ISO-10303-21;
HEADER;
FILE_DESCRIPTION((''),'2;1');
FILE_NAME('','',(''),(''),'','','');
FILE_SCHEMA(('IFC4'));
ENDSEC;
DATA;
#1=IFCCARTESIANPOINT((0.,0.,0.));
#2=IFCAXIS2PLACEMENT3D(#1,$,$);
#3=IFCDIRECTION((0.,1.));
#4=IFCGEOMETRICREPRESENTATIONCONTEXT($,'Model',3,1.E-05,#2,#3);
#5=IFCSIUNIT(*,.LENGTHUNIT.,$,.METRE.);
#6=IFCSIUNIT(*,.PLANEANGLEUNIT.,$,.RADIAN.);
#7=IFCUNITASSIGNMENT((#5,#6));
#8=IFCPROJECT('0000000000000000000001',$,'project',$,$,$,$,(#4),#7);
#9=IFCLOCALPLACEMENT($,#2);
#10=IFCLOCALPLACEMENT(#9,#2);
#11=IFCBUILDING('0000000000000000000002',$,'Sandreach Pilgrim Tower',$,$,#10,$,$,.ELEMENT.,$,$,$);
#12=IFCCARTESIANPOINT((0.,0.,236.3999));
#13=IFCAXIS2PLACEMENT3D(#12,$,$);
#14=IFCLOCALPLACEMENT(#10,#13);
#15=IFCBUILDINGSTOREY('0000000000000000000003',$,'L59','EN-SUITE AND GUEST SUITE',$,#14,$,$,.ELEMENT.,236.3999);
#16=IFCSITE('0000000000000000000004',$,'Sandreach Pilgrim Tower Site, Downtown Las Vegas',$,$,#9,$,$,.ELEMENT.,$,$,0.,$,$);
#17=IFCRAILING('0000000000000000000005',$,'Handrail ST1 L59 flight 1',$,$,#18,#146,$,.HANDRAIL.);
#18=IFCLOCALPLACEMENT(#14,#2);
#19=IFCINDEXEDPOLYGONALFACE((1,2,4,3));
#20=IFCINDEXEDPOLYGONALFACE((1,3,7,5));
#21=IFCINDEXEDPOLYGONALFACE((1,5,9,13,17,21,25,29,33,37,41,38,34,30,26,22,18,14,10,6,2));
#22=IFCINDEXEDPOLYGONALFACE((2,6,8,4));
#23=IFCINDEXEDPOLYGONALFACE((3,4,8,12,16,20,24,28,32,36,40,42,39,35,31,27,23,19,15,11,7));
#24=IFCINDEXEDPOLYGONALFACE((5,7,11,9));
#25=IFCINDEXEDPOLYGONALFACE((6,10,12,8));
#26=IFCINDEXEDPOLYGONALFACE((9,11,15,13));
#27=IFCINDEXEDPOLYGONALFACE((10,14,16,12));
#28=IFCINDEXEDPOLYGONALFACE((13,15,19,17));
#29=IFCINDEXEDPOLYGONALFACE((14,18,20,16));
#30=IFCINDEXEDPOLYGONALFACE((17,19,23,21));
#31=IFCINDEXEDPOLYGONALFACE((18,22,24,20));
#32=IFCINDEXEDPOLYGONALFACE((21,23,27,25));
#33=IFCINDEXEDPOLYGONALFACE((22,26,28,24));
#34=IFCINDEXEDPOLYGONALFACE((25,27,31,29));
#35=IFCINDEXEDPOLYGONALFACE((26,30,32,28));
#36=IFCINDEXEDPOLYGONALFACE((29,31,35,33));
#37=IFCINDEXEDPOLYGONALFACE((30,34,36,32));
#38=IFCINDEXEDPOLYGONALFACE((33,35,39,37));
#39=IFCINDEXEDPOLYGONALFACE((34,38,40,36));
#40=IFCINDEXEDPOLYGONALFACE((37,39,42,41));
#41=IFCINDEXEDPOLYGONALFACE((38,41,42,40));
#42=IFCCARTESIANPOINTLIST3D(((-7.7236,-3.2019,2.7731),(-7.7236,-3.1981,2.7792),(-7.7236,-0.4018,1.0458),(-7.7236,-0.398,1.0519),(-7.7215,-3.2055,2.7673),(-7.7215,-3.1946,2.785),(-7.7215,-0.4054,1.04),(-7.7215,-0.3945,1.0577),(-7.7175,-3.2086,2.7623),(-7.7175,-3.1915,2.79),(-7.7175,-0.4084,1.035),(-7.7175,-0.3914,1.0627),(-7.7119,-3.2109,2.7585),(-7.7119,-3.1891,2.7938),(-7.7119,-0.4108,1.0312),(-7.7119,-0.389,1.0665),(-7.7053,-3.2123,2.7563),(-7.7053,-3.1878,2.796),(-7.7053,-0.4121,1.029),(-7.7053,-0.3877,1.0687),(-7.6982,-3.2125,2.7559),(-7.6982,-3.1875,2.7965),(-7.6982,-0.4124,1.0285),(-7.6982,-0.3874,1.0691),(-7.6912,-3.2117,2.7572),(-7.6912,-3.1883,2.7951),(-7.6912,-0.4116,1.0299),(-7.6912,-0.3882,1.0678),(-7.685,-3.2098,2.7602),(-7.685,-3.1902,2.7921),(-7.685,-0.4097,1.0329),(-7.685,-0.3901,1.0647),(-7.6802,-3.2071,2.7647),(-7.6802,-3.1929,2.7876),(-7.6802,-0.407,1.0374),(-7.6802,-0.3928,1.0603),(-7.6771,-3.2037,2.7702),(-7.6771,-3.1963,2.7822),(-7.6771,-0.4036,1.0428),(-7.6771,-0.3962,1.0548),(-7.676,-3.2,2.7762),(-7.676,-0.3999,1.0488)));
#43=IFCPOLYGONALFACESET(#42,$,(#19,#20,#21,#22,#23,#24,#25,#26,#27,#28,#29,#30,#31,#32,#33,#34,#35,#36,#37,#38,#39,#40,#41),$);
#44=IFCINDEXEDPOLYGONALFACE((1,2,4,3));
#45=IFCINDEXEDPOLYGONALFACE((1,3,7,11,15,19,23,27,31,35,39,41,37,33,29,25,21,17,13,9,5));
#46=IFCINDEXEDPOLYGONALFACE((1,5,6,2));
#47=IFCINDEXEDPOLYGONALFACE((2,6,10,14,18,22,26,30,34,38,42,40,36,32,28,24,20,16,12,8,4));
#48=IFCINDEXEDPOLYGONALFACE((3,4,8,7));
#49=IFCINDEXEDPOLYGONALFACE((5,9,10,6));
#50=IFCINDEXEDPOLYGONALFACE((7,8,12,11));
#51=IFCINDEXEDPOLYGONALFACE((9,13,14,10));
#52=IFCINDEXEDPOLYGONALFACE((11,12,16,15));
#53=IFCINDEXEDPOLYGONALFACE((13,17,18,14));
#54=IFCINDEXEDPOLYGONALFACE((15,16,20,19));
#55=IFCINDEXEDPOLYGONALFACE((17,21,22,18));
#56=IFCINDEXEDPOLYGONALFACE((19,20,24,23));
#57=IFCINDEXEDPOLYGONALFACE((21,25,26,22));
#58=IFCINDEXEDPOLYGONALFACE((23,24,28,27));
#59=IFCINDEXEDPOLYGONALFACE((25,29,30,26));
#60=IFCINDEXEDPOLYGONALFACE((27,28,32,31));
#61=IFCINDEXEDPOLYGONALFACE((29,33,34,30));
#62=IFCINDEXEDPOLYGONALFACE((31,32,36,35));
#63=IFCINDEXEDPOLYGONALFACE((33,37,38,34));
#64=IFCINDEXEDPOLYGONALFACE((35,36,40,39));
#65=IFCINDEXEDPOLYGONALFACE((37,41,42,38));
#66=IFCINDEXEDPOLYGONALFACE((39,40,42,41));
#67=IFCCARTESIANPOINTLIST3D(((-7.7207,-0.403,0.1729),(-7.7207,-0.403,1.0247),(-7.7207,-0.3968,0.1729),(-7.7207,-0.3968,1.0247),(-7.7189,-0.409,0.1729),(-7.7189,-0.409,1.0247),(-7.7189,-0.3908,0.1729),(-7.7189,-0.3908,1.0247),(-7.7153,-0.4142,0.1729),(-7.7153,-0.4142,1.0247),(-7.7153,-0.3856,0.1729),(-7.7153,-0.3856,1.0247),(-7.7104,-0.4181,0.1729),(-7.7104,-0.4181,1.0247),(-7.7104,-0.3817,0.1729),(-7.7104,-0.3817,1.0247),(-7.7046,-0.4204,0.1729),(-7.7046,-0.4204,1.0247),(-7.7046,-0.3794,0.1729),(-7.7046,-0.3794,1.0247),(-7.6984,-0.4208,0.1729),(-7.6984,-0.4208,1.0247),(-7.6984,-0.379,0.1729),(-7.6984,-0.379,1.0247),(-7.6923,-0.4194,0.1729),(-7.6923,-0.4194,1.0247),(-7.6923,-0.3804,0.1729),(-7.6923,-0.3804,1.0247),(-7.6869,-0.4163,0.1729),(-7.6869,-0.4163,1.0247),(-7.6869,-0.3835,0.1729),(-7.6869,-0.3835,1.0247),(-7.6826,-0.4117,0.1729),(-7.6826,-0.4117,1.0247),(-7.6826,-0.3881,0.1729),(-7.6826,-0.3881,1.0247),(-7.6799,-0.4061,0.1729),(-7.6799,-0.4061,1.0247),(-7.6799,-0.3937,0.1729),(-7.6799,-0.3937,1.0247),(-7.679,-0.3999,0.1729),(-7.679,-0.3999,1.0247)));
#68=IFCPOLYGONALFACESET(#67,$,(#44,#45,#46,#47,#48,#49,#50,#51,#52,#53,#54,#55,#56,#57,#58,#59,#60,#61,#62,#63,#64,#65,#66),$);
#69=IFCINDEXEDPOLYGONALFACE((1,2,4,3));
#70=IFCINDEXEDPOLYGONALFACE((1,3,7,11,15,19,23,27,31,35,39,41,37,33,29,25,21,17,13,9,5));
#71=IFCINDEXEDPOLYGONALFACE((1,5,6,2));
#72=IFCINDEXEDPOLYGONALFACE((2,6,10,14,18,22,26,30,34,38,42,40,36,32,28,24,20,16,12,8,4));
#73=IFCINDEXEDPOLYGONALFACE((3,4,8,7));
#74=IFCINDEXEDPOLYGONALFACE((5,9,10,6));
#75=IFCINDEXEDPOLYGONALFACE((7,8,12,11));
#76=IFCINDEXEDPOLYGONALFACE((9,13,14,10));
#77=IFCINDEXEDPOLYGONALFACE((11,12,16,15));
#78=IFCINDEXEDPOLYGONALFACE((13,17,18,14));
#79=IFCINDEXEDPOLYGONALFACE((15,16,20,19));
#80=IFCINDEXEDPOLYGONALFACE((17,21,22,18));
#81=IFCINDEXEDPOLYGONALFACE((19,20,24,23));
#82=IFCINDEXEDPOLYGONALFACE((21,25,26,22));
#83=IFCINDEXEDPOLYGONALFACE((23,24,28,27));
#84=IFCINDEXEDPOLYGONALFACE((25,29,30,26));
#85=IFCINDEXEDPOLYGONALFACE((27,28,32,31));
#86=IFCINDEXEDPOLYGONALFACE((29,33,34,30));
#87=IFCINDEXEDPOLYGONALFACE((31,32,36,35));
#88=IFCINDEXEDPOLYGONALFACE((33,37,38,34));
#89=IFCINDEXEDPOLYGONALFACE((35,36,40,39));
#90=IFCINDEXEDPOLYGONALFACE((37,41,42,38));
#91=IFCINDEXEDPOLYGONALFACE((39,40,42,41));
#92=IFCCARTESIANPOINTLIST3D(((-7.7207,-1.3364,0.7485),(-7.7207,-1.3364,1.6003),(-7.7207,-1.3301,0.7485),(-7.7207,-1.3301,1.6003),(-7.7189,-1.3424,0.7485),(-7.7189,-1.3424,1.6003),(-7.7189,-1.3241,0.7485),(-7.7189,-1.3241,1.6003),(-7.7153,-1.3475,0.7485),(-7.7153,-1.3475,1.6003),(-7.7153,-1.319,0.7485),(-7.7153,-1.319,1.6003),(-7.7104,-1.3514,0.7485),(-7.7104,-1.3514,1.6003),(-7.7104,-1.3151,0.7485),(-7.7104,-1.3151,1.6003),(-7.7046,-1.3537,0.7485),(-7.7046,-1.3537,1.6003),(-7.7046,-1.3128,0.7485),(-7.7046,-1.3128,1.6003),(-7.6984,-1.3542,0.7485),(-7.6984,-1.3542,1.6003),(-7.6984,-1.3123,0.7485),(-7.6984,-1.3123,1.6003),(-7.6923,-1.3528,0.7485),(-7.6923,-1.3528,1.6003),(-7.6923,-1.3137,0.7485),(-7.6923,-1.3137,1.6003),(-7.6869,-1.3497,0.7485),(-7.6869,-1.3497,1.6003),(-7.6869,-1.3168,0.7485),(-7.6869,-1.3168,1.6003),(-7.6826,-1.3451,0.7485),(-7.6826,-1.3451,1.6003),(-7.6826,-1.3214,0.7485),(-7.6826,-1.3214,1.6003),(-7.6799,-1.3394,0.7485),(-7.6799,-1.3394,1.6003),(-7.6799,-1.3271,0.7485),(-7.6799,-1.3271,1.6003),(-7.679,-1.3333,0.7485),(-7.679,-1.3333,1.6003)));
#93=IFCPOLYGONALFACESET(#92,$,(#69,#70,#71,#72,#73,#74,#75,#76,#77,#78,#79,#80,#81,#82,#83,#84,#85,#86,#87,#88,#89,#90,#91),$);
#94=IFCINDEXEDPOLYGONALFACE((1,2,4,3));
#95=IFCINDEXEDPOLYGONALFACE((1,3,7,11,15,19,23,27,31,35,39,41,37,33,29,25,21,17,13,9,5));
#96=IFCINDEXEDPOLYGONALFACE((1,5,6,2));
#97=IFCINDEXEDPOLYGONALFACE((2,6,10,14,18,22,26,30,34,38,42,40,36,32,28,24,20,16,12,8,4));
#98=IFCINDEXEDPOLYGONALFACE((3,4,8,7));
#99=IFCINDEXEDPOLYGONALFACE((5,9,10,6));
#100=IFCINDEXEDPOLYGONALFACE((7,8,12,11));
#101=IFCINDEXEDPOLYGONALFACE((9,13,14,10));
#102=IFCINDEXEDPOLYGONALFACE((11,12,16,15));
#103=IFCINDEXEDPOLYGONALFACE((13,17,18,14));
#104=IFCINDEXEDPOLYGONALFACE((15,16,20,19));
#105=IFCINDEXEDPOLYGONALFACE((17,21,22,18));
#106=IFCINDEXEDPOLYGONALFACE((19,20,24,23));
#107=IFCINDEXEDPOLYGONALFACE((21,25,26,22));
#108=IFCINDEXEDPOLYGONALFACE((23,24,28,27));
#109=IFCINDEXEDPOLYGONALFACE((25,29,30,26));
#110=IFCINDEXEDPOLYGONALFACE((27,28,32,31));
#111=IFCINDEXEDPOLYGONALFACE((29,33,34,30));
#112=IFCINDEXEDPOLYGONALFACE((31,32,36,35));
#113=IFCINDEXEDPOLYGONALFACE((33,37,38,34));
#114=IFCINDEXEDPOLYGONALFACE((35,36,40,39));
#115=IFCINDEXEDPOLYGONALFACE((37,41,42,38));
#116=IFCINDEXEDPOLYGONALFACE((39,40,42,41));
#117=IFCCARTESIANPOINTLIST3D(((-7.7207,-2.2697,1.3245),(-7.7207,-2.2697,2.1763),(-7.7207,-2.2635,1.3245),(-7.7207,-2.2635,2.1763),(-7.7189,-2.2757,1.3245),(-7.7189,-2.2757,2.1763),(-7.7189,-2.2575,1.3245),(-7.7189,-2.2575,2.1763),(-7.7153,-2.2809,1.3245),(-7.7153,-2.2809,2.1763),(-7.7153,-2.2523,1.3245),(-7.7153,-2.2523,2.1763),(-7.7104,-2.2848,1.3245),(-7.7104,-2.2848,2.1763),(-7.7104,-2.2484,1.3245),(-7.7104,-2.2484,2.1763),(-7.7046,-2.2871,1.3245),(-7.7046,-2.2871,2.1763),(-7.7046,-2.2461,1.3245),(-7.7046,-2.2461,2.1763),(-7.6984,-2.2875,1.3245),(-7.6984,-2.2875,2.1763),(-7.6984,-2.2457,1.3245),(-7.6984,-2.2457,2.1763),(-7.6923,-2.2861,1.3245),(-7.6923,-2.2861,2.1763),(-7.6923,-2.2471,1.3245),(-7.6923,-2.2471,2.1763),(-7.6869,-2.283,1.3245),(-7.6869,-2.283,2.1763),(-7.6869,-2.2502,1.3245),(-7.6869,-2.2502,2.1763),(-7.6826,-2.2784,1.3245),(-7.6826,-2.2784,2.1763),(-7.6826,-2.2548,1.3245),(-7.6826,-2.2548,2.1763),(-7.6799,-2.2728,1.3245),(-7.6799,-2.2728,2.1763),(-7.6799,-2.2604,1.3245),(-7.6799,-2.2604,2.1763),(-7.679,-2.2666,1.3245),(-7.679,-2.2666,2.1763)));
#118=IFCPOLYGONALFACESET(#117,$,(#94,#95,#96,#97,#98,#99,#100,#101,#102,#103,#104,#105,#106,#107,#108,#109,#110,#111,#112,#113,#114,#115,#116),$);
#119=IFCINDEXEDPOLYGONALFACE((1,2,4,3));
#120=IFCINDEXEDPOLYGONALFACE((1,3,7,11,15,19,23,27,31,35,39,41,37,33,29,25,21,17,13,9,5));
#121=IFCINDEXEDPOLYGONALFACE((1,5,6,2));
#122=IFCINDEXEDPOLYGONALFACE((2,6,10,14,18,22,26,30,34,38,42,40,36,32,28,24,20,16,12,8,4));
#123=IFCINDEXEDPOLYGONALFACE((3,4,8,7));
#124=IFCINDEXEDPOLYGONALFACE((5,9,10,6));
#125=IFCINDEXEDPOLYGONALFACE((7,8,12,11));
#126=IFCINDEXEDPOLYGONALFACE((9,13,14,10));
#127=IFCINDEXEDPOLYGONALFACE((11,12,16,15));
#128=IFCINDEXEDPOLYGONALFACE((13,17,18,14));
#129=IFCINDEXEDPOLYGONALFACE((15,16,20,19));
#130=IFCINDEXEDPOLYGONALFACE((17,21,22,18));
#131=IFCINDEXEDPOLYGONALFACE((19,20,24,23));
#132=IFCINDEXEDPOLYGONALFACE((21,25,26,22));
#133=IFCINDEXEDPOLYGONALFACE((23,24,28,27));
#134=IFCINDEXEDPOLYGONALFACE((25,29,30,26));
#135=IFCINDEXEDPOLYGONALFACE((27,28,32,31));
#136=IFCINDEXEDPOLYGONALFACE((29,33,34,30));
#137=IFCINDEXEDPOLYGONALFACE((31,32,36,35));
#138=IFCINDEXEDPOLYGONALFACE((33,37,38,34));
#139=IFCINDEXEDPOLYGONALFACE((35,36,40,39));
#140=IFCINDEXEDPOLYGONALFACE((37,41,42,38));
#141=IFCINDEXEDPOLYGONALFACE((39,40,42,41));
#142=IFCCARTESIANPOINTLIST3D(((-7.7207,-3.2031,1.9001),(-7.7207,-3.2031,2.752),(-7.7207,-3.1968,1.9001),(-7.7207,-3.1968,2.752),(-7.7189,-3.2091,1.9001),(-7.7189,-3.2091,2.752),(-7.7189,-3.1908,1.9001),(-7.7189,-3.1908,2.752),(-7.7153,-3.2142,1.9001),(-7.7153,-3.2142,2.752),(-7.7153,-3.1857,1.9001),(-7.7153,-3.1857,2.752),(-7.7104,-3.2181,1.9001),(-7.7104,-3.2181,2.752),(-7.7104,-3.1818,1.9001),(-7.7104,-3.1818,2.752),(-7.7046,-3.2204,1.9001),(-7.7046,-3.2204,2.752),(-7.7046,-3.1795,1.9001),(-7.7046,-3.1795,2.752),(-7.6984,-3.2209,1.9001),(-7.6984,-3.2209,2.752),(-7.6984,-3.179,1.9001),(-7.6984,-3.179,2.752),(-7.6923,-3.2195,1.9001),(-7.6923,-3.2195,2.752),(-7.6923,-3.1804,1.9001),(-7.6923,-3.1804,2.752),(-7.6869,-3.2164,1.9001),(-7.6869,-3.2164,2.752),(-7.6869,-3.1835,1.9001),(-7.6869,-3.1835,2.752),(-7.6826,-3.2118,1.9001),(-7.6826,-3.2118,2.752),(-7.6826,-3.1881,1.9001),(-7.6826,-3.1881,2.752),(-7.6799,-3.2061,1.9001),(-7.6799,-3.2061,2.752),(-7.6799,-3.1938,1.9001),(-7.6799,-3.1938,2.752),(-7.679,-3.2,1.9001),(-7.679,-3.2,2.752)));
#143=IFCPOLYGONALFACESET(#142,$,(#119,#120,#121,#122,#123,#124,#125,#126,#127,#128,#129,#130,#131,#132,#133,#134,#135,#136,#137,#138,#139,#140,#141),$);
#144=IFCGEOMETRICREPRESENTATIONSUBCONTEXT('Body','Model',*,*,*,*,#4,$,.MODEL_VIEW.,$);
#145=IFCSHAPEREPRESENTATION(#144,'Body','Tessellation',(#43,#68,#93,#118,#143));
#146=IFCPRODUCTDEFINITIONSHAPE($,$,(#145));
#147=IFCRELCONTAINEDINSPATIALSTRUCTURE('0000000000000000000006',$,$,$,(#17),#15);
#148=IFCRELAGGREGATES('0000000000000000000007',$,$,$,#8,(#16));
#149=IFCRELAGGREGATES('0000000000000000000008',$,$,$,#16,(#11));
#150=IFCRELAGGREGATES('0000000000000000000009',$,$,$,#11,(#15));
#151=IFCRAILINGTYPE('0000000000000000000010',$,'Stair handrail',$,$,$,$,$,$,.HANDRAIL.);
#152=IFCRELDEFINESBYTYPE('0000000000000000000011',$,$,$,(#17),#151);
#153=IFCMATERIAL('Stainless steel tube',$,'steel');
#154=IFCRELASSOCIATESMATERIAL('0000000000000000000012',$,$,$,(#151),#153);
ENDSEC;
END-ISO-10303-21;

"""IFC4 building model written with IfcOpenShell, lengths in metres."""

from ifc_helpers import new_model, si_unit, direction, frame, origin, origin_2d, place, context, subcontext, project, spatial, circle, extrude, material, type_object, element, save


model = new_model("IFC4")

# Units and contexts
model_context = context("Model", 3, precision=1e-05, world=origin(), true_north=direction((0.0, 1.0)))
body_context = subcontext(model_context, "Body", "Model", "MODEL_VIEW")
ifc_project = project(units=[si_unit("LENGTHUNIT", "METRE"), si_unit("PLANEANGLEUNIT", "RADIAN")], contexts=[model_context])

# Site, building, storey
site_placement = place(None, origin())
site = spatial("IfcSite", under=ifc_project, at=site_placement, Name="Sandreach Pilgrim Tower Site, Downtown Las Vegas", CompositionType="ELEMENT", RefElevation=0.0)
building_placement = place(site_placement, origin())
building = spatial("IfcBuilding", under=site, at=building_placement, Name="Sandreach Pilgrim Tower", CompositionType="ELEMENT")
storey_placement = place(building_placement, frame((0.0, 0.0, 236.3999)))
storey = spatial("IfcBuildingStorey", under=building, at=storey_placement, Name="L59", Description="EN-SUITE AND GUEST SUITE", CompositionType="ELEMENT", Elevation=236.3999)

# Railing
ifc_material_1 = material(Name="Stainless steel tube", Category="steel")
railing_type = type_object("IfcRailingType", Name="Stair handrail", PredefinedType="HANDRAIL", material=ifc_material_1)
for number, where, name in (
    (1, (-7.7, -0.3999, 0.1729), "Handrail ST1 L59 flight 1"),
):
    element("IfcRailing", number, at=place(storey_placement, frame(where)), inside=storey, type_object=railing_type, Name=name, PredefinedType="HANDRAIL", context=body_context, shape_type="SweptSolid", body=[
        extrude(circle(Radius=0.0239, at=origin_2d()), frame((0.0, 0.0, 0.876), z_axis=(0.0, -0.85109, 0.52502), x_axis=(1.0, 0.0, 0.0)), (0.0, 0.0, 1.0), 3.29),
        extrude(circle(Radius=0.021, at=origin_2d()), origin(), (0.0, 0.0, 1.0), 0.8518),
        extrude(circle(Radius=0.021, at=origin_2d()), frame((0.0, -0.9333, 0.5757)), (0.0, 0.0, 1.0), 0.8518),
        extrude(circle(Radius=0.021, at=origin_2d()), frame((0.0, -1.8667, 1.1516)), (0.0, 0.0, 1.0), 0.8518),
        extrude(circle(Radius=0.021, at=origin_2d()), frame((0.0, -2.8, 1.7273)), (0.0, 0.0, 1.0), 0.8518),
    ])

save(model, "model.ifc")
